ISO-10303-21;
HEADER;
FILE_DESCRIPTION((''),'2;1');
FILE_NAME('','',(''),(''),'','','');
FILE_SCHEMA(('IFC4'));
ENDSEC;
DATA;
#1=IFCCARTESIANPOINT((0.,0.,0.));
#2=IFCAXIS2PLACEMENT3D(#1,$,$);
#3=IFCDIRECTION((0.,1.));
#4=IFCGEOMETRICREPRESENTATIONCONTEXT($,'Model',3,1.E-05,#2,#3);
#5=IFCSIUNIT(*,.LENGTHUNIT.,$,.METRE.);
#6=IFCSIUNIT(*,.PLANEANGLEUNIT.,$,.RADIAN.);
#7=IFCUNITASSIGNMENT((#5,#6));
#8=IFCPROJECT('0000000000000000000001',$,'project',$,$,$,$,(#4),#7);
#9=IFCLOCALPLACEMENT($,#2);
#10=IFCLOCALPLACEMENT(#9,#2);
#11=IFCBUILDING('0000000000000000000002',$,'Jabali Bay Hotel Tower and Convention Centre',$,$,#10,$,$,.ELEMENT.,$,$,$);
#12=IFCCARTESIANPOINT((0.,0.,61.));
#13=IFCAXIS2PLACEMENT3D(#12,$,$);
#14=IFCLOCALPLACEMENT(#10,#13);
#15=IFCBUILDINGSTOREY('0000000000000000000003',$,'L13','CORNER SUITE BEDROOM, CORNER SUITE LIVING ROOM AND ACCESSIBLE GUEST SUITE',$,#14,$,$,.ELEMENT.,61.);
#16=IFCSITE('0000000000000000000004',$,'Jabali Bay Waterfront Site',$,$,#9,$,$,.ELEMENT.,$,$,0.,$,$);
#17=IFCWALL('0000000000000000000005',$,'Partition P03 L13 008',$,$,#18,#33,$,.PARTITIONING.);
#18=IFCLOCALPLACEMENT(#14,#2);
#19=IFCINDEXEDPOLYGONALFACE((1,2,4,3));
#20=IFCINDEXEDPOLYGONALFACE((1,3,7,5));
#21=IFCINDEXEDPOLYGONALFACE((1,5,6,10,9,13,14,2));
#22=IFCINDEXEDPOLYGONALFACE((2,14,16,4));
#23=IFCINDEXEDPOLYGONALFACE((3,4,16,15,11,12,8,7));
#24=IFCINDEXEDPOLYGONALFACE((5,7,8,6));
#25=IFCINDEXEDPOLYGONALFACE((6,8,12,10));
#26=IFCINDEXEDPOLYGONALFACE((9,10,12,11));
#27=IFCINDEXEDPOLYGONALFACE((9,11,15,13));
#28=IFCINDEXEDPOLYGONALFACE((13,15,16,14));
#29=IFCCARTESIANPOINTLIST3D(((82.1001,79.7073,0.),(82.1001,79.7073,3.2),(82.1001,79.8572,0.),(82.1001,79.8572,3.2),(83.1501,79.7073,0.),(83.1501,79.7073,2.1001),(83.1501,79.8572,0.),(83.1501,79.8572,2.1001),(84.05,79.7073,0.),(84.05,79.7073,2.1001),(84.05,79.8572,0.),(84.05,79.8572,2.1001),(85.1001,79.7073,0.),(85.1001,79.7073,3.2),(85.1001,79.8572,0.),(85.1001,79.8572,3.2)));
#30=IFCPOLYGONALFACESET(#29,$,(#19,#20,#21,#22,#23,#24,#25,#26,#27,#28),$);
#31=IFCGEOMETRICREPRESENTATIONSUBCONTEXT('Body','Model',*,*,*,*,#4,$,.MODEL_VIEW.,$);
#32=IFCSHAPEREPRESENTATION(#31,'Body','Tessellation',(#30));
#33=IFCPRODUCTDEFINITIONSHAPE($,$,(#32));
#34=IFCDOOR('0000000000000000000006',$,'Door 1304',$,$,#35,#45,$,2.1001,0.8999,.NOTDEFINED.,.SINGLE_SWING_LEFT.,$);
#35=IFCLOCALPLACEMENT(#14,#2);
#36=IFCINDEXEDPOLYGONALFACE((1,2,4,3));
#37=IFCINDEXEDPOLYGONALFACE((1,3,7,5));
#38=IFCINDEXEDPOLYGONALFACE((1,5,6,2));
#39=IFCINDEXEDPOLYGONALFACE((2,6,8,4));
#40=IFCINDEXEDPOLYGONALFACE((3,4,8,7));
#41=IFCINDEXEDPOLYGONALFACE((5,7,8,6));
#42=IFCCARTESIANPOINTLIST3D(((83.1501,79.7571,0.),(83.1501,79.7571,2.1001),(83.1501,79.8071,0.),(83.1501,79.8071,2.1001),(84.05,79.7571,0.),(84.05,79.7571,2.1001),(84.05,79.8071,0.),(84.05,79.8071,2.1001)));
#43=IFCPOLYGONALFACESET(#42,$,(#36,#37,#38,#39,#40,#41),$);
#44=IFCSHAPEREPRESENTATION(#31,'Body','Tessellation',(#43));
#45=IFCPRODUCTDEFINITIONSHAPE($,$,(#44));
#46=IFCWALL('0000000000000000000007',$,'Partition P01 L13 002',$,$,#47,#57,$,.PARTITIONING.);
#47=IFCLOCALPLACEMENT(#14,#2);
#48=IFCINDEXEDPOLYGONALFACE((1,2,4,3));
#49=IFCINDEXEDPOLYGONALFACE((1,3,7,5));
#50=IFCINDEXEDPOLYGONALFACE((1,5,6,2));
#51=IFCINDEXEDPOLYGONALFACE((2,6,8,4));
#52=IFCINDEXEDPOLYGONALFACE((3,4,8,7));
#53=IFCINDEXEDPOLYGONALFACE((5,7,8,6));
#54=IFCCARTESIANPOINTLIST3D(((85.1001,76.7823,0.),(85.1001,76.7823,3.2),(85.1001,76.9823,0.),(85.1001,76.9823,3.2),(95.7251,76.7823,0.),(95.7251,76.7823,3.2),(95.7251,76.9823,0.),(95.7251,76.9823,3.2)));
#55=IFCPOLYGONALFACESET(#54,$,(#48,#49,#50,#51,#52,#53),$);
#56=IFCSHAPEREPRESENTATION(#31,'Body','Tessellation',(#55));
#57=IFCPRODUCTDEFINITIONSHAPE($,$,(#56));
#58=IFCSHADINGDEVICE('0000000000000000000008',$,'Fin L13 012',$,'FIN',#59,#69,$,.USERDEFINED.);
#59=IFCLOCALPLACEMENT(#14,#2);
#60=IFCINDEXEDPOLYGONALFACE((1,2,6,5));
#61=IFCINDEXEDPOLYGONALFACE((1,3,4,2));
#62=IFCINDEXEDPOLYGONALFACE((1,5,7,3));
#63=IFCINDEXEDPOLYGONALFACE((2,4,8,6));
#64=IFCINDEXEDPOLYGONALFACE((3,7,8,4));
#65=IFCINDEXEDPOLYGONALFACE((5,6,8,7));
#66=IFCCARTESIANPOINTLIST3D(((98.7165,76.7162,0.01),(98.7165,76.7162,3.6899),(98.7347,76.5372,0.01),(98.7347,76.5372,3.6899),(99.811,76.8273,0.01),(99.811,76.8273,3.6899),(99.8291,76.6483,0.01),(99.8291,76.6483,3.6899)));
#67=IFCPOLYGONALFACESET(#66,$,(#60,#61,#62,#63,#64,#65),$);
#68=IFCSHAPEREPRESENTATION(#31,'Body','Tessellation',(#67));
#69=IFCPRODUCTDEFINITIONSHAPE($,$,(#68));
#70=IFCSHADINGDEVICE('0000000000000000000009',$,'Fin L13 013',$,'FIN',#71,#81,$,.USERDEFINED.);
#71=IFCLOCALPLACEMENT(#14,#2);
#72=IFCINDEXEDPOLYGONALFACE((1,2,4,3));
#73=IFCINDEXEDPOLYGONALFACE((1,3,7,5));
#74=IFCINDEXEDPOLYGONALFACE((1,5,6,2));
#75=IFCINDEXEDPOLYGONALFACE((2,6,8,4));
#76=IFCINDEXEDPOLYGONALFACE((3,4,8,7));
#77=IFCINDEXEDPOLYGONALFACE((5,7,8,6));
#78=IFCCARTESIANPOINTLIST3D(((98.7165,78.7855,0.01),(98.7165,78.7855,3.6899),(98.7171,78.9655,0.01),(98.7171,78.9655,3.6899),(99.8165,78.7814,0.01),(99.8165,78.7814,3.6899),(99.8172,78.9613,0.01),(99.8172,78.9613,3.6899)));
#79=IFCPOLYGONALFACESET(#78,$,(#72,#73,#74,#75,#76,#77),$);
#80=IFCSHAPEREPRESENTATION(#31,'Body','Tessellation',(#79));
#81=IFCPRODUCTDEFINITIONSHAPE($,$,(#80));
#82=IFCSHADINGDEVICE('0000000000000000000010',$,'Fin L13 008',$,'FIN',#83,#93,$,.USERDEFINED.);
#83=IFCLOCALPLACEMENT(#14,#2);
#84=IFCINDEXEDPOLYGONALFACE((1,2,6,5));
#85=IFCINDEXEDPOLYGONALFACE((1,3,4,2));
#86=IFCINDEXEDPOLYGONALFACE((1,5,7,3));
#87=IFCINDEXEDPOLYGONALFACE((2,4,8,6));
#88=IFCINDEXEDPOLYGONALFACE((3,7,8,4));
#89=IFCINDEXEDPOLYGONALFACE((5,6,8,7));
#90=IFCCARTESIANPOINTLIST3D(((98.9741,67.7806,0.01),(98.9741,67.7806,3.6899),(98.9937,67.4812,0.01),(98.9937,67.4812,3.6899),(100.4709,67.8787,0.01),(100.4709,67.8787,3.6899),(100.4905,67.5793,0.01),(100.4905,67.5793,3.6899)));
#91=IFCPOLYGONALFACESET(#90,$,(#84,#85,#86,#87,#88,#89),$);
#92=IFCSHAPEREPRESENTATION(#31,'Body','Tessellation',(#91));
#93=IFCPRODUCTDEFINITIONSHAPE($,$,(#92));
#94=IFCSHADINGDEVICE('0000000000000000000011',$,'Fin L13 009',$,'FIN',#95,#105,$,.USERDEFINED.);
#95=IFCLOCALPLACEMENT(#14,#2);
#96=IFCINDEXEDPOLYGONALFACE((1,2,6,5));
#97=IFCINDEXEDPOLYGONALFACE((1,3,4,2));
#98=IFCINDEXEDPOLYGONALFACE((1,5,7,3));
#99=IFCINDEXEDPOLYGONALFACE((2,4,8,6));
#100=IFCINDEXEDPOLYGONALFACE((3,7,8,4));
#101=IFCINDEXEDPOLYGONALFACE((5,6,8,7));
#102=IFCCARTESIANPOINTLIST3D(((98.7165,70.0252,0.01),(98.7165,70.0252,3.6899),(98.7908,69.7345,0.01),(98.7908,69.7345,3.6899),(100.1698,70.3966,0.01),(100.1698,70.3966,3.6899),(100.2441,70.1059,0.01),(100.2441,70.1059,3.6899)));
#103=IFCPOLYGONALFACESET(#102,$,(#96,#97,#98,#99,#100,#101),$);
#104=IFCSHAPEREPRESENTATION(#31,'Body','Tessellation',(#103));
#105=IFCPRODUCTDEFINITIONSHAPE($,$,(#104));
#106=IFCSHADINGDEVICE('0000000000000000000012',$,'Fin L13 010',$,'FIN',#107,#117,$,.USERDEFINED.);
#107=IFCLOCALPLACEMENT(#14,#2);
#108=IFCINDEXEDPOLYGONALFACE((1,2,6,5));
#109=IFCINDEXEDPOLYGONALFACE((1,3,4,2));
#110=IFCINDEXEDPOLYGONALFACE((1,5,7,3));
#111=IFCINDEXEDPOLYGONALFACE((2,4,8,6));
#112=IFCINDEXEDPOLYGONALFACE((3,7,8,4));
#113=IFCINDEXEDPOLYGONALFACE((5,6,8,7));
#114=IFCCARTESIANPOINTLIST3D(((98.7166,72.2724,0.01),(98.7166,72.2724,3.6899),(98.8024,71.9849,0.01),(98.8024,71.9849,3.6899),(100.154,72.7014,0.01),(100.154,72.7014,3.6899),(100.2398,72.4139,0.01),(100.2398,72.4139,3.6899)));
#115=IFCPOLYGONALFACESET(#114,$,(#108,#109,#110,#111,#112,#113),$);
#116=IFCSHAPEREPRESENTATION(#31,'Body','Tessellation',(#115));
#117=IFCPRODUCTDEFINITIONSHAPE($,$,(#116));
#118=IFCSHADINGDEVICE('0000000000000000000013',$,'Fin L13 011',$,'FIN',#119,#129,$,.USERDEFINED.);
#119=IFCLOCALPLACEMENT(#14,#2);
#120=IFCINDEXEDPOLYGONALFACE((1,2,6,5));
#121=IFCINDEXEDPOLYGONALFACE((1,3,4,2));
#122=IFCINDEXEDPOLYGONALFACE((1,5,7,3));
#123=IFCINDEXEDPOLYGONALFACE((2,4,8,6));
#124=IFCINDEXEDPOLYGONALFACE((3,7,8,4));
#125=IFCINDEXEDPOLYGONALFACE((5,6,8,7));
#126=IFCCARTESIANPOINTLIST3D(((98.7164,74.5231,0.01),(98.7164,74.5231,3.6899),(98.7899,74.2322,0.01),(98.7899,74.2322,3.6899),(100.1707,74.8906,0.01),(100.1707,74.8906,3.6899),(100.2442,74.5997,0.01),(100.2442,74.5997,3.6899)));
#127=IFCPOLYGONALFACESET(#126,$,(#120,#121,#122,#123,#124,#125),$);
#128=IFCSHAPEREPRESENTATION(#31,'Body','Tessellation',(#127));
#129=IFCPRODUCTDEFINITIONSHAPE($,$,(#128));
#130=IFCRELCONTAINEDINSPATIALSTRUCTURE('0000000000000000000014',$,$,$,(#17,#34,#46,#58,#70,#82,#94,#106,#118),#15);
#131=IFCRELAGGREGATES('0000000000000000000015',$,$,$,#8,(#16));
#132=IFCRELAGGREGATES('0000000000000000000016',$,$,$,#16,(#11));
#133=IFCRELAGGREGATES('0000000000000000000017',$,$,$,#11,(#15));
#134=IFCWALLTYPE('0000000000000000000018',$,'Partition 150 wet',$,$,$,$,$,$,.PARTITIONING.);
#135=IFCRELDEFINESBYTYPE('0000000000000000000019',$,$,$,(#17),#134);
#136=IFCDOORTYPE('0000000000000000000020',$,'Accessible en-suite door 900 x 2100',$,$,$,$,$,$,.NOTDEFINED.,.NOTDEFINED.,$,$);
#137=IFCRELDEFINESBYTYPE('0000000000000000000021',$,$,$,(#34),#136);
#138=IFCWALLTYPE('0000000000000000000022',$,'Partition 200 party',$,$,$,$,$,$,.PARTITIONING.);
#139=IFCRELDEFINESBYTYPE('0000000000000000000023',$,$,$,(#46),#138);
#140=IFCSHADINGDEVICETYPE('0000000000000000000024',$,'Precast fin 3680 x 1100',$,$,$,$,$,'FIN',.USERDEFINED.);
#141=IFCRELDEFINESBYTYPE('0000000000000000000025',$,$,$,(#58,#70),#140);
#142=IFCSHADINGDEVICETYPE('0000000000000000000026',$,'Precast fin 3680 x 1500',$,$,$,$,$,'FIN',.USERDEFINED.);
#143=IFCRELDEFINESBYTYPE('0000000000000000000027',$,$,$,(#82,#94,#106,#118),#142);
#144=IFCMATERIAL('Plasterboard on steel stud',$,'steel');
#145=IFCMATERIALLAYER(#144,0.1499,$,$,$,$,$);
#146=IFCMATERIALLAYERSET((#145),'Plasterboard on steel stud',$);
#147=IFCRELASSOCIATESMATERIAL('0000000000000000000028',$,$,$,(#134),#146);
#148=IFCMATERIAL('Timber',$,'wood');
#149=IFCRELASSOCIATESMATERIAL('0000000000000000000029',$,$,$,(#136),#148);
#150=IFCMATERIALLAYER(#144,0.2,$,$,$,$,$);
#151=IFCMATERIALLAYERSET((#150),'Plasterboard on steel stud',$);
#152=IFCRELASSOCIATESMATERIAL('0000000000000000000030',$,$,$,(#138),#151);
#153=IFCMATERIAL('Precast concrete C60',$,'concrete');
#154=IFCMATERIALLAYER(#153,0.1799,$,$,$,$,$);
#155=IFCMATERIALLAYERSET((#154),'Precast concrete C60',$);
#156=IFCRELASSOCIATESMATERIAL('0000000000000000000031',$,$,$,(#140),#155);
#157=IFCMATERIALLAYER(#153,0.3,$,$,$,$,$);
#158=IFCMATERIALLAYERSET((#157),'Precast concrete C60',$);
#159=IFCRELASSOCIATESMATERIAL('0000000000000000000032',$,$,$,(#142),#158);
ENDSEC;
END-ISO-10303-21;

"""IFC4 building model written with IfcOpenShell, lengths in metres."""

from ifc_helpers import new_model, si_unit, direction, frame, frame_2d, origin, place, context, subcontext, project, spatial, rectangle, extrude, material, layer, layer_set, type_object, element, fill, save


model = new_model("IFC4")

# Units and contexts
model_context = context("Model", 3, precision=1e-05, world=origin(), true_north=direction((0.0, 1.0)))
body_context = subcontext(model_context, "Body", "Model", "MODEL_VIEW")
ifc_project = project(units=[si_unit("LENGTHUNIT", "METRE"), si_unit("PLANEANGLEUNIT", "RADIAN")], contexts=[model_context])

# Site, building, storey
site_placement = place(None, origin())
site = spatial("IfcSite", under=ifc_project, at=site_placement, Name="Jabali Bay Waterfront Site", CompositionType="ELEMENT", RefElevation=0.0)
building_placement = place(site_placement, origin())
building = spatial("IfcBuilding", under=site, at=building_placement, Name="Jabali Bay Hotel Tower and Convention Centre", CompositionType="ELEMENT")
storey_placement = place(building_placement, frame((0.0, 0.0, 61.0)))
storey = spatial("IfcBuildingStorey", under=building, at=storey_placement, Name="L13", Description="CORNER SUITE BEDROOM, CORNER SUITE LIVING ROOM AND ACCESSIBLE GUEST SUITE", CompositionType="ELEMENT", Elevation=61.0)

# Shared definitions
ifc_material_1 = material(Name="Timber", Category="wood")

# Shared definitions
ifc_material_2 = material(Name="Plasterboard on steel stud", Category="steel")

# Shared definitions
ifc_layer_1 = layer(ifc_material_2, 0.1499)
ifc_layer_set_1 = layer_set([ifc_layer_1], Name="Plasterboard on steel stud")
wall_type_1 = type_object("IfcWallType", Name="Partition 150 wet", PredefinedType="PARTITIONING", material=ifc_layer_set_1)

# Wall, opening, door
wall_1_placement = place(storey_placement, frame((82.1001, 79.7822, 0.0), z_axis=(0.0, 0.0, 1.0), x_axis=(1.0, 0.0, 0.0)))
wall_1 = element("IfcWall", 1, at=wall_1_placement, inside=storey, type_object=wall_type_1, Name="Partition P03 L13 008", PredefinedType="PARTITIONING", context=body_context, shape_type="SweptSolid", body=[
    extrude(rectangle(XDim=3.0, YDim=0.1499, at=frame_2d((1.5, 0.0))), origin(), (0.0, 0.0, 1.0), 3.2),
])
opening_1_placement = place(wall_1_placement, frame((1.05, 0.0, 0.0)))
opening_1 = element("IfcOpeningElement", 2, at=opening_1_placement, cuts=wall_1, PredefinedType="OPENING", context=body_context, shape_type="SweptSolid", body=[
    extrude(rectangle(XDim=0.8999, YDim=2.1001, at=frame_2d((0.45, 1.05))), frame((0.0, 0.0854, 0.0), z_axis=(0.0, -1.0, 0.0), x_axis=(1.0, 0.0, 0.0)), (0.0, 0.0, 1.0), 0.1709),
])
door_type_1 = type_object("IfcDoorType", Name="Accessible en-suite door 900 x 2100", OperationType="NOTDEFINED", PredefinedType="NOTDEFINED", material=ifc_material_1)
door_1_placement = place(opening_1_placement, origin())
door_1 = element("IfcDoor", 3, at=door_1_placement, inside=storey, type_object=door_type_1, Name="Door 1304", OperationType="SINGLE_SWING_LEFT", OverallHeight=2.1001, OverallWidth=0.8999, PredefinedType="NOTDEFINED", context=body_context, shape_type="SweptSolid", body=[
    extrude(rectangle(XDim=0.8999, YDim=2.1001, at=frame_2d((0.45, 1.05))), frame((0.0, 0.0249, 0.0), z_axis=(0.0, -1.0, 0.0), x_axis=(1.0, 0.0, 0.0)), (0.0, 0.0, 1.0), 0.05),
])
fill(opening_1, door_1)

# Wall
ifc_layer_2 = layer(ifc_material_2, 0.2)
ifc_layer_set_2 = layer_set([ifc_layer_2], Name="Plasterboard on steel stud")
wall_type_2 = type_object("IfcWallType", Name="Partition 200 party", PredefinedType="PARTITIONING", material=ifc_layer_set_2)
wall_2_placement = place(storey_placement, frame((95.7251, 76.8823, 0.0), z_axis=(0.0, 0.0, 1.0), x_axis=(-1.0, 0.0, 0.0)))
element("IfcWall", 4, at=wall_2_placement, inside=storey, type_object=wall_type_2, Name="Partition P01 L13 002", PredefinedType="PARTITIONING", context=body_context, shape_type="SweptSolid", body=[
    extrude(rectangle(XDim=10.625, YDim=0.2, at=frame_2d((5.3125, 0.0))), origin(), (0.0, 0.0, 1.0), 3.2),
])

# Shading devices
ifc_material_3 = material(Name="Precast concrete C60", Category="concrete")
ifc_layer_3 = layer(ifc_material_3, 0.1799)
ifc_layer_set_3 = layer_set([ifc_layer_3], Name="Precast concrete C60")
shading_device_type_1 = type_object("IfcShadingDeviceType", Name="Precast fin 3680 x 1100", ElementType="FIN", PredefinedType="USERDEFINED", material=ifc_layer_set_3)
for number, where, z_axis, x_axis, name in (
    (5, (98.7256, 76.6267, 0.01), (0.0, 0.0, 1.0), (0.994889, 0.100976, 0.0), "Fin L13 012"),
    (6, (98.7168, 78.8755, 0.01), (0.0, 0.0, 1.0), (0.999993, -0.003773, 0.0), "Fin L13 013"),
):
    element("IfcShadingDevice", number, at=place(storey_placement, frame(where, z_axis=z_axis, x_axis=x_axis)), inside=storey, type_object=shading_device_type_1, Name=name, ObjectType="FIN", PredefinedType="USERDEFINED", context=body_context, shape_type="SweptSolid", body=[
        extrude(rectangle(XDim=1.1001, YDim=0.1799, at=frame_2d((0.55, 0.0))), origin(), (0.0, 0.0, 1.0), 3.6799),
    ])
ifc_layer_4 = layer(ifc_material_3, 0.3)
ifc_layer_set_4 = layer_set([ifc_layer_4], Name="Precast concrete C60")
shading_device_type_2 = type_object("IfcShadingDeviceType", Name="Precast fin 3680 x 1500", ElementType="FIN", PredefinedType="USERDEFINED", material=ifc_layer_set_4)
for number, where, z_axis, x_axis, name in (
    (7, (98.9839, 67.6309, 0.01), (0.0, 0.0, 1.0), (0.997857, 0.065428, 0.0), "Fin L13 008"),
    (8, (98.7537, 69.8799, 0.01), (0.0, 0.0, 1.0), (0.968875, 0.247549, 0.0), "Fin L13 009"),
    (9, (98.7595, 72.1287, 0.01), (0.0, 0.0, 1.0), (0.958233, 0.285989, 0.0), "Fin L13 010"),
    (10, (98.7532, 74.3777, 0.01), (0.0, 0.0, 1.0), (0.969536, 0.244947, 0.0), "Fin L13 011"),
):
    element("IfcShadingDevice", number, at=place(storey_placement, frame(where, z_axis=z_axis, x_axis=x_axis)), inside=storey, type_object=shading_device_type_2, Name=name, ObjectType="FIN", PredefinedType="USERDEFINED", context=body_context, shape_type="SweptSolid", body=[
        extrude(rectangle(XDim=1.5, YDim=0.3, at=frame_2d((0.75, 0.0))), origin(), (0.0, 0.0, 1.0), 3.6799),
    ])

save(model, "model.ifc")
